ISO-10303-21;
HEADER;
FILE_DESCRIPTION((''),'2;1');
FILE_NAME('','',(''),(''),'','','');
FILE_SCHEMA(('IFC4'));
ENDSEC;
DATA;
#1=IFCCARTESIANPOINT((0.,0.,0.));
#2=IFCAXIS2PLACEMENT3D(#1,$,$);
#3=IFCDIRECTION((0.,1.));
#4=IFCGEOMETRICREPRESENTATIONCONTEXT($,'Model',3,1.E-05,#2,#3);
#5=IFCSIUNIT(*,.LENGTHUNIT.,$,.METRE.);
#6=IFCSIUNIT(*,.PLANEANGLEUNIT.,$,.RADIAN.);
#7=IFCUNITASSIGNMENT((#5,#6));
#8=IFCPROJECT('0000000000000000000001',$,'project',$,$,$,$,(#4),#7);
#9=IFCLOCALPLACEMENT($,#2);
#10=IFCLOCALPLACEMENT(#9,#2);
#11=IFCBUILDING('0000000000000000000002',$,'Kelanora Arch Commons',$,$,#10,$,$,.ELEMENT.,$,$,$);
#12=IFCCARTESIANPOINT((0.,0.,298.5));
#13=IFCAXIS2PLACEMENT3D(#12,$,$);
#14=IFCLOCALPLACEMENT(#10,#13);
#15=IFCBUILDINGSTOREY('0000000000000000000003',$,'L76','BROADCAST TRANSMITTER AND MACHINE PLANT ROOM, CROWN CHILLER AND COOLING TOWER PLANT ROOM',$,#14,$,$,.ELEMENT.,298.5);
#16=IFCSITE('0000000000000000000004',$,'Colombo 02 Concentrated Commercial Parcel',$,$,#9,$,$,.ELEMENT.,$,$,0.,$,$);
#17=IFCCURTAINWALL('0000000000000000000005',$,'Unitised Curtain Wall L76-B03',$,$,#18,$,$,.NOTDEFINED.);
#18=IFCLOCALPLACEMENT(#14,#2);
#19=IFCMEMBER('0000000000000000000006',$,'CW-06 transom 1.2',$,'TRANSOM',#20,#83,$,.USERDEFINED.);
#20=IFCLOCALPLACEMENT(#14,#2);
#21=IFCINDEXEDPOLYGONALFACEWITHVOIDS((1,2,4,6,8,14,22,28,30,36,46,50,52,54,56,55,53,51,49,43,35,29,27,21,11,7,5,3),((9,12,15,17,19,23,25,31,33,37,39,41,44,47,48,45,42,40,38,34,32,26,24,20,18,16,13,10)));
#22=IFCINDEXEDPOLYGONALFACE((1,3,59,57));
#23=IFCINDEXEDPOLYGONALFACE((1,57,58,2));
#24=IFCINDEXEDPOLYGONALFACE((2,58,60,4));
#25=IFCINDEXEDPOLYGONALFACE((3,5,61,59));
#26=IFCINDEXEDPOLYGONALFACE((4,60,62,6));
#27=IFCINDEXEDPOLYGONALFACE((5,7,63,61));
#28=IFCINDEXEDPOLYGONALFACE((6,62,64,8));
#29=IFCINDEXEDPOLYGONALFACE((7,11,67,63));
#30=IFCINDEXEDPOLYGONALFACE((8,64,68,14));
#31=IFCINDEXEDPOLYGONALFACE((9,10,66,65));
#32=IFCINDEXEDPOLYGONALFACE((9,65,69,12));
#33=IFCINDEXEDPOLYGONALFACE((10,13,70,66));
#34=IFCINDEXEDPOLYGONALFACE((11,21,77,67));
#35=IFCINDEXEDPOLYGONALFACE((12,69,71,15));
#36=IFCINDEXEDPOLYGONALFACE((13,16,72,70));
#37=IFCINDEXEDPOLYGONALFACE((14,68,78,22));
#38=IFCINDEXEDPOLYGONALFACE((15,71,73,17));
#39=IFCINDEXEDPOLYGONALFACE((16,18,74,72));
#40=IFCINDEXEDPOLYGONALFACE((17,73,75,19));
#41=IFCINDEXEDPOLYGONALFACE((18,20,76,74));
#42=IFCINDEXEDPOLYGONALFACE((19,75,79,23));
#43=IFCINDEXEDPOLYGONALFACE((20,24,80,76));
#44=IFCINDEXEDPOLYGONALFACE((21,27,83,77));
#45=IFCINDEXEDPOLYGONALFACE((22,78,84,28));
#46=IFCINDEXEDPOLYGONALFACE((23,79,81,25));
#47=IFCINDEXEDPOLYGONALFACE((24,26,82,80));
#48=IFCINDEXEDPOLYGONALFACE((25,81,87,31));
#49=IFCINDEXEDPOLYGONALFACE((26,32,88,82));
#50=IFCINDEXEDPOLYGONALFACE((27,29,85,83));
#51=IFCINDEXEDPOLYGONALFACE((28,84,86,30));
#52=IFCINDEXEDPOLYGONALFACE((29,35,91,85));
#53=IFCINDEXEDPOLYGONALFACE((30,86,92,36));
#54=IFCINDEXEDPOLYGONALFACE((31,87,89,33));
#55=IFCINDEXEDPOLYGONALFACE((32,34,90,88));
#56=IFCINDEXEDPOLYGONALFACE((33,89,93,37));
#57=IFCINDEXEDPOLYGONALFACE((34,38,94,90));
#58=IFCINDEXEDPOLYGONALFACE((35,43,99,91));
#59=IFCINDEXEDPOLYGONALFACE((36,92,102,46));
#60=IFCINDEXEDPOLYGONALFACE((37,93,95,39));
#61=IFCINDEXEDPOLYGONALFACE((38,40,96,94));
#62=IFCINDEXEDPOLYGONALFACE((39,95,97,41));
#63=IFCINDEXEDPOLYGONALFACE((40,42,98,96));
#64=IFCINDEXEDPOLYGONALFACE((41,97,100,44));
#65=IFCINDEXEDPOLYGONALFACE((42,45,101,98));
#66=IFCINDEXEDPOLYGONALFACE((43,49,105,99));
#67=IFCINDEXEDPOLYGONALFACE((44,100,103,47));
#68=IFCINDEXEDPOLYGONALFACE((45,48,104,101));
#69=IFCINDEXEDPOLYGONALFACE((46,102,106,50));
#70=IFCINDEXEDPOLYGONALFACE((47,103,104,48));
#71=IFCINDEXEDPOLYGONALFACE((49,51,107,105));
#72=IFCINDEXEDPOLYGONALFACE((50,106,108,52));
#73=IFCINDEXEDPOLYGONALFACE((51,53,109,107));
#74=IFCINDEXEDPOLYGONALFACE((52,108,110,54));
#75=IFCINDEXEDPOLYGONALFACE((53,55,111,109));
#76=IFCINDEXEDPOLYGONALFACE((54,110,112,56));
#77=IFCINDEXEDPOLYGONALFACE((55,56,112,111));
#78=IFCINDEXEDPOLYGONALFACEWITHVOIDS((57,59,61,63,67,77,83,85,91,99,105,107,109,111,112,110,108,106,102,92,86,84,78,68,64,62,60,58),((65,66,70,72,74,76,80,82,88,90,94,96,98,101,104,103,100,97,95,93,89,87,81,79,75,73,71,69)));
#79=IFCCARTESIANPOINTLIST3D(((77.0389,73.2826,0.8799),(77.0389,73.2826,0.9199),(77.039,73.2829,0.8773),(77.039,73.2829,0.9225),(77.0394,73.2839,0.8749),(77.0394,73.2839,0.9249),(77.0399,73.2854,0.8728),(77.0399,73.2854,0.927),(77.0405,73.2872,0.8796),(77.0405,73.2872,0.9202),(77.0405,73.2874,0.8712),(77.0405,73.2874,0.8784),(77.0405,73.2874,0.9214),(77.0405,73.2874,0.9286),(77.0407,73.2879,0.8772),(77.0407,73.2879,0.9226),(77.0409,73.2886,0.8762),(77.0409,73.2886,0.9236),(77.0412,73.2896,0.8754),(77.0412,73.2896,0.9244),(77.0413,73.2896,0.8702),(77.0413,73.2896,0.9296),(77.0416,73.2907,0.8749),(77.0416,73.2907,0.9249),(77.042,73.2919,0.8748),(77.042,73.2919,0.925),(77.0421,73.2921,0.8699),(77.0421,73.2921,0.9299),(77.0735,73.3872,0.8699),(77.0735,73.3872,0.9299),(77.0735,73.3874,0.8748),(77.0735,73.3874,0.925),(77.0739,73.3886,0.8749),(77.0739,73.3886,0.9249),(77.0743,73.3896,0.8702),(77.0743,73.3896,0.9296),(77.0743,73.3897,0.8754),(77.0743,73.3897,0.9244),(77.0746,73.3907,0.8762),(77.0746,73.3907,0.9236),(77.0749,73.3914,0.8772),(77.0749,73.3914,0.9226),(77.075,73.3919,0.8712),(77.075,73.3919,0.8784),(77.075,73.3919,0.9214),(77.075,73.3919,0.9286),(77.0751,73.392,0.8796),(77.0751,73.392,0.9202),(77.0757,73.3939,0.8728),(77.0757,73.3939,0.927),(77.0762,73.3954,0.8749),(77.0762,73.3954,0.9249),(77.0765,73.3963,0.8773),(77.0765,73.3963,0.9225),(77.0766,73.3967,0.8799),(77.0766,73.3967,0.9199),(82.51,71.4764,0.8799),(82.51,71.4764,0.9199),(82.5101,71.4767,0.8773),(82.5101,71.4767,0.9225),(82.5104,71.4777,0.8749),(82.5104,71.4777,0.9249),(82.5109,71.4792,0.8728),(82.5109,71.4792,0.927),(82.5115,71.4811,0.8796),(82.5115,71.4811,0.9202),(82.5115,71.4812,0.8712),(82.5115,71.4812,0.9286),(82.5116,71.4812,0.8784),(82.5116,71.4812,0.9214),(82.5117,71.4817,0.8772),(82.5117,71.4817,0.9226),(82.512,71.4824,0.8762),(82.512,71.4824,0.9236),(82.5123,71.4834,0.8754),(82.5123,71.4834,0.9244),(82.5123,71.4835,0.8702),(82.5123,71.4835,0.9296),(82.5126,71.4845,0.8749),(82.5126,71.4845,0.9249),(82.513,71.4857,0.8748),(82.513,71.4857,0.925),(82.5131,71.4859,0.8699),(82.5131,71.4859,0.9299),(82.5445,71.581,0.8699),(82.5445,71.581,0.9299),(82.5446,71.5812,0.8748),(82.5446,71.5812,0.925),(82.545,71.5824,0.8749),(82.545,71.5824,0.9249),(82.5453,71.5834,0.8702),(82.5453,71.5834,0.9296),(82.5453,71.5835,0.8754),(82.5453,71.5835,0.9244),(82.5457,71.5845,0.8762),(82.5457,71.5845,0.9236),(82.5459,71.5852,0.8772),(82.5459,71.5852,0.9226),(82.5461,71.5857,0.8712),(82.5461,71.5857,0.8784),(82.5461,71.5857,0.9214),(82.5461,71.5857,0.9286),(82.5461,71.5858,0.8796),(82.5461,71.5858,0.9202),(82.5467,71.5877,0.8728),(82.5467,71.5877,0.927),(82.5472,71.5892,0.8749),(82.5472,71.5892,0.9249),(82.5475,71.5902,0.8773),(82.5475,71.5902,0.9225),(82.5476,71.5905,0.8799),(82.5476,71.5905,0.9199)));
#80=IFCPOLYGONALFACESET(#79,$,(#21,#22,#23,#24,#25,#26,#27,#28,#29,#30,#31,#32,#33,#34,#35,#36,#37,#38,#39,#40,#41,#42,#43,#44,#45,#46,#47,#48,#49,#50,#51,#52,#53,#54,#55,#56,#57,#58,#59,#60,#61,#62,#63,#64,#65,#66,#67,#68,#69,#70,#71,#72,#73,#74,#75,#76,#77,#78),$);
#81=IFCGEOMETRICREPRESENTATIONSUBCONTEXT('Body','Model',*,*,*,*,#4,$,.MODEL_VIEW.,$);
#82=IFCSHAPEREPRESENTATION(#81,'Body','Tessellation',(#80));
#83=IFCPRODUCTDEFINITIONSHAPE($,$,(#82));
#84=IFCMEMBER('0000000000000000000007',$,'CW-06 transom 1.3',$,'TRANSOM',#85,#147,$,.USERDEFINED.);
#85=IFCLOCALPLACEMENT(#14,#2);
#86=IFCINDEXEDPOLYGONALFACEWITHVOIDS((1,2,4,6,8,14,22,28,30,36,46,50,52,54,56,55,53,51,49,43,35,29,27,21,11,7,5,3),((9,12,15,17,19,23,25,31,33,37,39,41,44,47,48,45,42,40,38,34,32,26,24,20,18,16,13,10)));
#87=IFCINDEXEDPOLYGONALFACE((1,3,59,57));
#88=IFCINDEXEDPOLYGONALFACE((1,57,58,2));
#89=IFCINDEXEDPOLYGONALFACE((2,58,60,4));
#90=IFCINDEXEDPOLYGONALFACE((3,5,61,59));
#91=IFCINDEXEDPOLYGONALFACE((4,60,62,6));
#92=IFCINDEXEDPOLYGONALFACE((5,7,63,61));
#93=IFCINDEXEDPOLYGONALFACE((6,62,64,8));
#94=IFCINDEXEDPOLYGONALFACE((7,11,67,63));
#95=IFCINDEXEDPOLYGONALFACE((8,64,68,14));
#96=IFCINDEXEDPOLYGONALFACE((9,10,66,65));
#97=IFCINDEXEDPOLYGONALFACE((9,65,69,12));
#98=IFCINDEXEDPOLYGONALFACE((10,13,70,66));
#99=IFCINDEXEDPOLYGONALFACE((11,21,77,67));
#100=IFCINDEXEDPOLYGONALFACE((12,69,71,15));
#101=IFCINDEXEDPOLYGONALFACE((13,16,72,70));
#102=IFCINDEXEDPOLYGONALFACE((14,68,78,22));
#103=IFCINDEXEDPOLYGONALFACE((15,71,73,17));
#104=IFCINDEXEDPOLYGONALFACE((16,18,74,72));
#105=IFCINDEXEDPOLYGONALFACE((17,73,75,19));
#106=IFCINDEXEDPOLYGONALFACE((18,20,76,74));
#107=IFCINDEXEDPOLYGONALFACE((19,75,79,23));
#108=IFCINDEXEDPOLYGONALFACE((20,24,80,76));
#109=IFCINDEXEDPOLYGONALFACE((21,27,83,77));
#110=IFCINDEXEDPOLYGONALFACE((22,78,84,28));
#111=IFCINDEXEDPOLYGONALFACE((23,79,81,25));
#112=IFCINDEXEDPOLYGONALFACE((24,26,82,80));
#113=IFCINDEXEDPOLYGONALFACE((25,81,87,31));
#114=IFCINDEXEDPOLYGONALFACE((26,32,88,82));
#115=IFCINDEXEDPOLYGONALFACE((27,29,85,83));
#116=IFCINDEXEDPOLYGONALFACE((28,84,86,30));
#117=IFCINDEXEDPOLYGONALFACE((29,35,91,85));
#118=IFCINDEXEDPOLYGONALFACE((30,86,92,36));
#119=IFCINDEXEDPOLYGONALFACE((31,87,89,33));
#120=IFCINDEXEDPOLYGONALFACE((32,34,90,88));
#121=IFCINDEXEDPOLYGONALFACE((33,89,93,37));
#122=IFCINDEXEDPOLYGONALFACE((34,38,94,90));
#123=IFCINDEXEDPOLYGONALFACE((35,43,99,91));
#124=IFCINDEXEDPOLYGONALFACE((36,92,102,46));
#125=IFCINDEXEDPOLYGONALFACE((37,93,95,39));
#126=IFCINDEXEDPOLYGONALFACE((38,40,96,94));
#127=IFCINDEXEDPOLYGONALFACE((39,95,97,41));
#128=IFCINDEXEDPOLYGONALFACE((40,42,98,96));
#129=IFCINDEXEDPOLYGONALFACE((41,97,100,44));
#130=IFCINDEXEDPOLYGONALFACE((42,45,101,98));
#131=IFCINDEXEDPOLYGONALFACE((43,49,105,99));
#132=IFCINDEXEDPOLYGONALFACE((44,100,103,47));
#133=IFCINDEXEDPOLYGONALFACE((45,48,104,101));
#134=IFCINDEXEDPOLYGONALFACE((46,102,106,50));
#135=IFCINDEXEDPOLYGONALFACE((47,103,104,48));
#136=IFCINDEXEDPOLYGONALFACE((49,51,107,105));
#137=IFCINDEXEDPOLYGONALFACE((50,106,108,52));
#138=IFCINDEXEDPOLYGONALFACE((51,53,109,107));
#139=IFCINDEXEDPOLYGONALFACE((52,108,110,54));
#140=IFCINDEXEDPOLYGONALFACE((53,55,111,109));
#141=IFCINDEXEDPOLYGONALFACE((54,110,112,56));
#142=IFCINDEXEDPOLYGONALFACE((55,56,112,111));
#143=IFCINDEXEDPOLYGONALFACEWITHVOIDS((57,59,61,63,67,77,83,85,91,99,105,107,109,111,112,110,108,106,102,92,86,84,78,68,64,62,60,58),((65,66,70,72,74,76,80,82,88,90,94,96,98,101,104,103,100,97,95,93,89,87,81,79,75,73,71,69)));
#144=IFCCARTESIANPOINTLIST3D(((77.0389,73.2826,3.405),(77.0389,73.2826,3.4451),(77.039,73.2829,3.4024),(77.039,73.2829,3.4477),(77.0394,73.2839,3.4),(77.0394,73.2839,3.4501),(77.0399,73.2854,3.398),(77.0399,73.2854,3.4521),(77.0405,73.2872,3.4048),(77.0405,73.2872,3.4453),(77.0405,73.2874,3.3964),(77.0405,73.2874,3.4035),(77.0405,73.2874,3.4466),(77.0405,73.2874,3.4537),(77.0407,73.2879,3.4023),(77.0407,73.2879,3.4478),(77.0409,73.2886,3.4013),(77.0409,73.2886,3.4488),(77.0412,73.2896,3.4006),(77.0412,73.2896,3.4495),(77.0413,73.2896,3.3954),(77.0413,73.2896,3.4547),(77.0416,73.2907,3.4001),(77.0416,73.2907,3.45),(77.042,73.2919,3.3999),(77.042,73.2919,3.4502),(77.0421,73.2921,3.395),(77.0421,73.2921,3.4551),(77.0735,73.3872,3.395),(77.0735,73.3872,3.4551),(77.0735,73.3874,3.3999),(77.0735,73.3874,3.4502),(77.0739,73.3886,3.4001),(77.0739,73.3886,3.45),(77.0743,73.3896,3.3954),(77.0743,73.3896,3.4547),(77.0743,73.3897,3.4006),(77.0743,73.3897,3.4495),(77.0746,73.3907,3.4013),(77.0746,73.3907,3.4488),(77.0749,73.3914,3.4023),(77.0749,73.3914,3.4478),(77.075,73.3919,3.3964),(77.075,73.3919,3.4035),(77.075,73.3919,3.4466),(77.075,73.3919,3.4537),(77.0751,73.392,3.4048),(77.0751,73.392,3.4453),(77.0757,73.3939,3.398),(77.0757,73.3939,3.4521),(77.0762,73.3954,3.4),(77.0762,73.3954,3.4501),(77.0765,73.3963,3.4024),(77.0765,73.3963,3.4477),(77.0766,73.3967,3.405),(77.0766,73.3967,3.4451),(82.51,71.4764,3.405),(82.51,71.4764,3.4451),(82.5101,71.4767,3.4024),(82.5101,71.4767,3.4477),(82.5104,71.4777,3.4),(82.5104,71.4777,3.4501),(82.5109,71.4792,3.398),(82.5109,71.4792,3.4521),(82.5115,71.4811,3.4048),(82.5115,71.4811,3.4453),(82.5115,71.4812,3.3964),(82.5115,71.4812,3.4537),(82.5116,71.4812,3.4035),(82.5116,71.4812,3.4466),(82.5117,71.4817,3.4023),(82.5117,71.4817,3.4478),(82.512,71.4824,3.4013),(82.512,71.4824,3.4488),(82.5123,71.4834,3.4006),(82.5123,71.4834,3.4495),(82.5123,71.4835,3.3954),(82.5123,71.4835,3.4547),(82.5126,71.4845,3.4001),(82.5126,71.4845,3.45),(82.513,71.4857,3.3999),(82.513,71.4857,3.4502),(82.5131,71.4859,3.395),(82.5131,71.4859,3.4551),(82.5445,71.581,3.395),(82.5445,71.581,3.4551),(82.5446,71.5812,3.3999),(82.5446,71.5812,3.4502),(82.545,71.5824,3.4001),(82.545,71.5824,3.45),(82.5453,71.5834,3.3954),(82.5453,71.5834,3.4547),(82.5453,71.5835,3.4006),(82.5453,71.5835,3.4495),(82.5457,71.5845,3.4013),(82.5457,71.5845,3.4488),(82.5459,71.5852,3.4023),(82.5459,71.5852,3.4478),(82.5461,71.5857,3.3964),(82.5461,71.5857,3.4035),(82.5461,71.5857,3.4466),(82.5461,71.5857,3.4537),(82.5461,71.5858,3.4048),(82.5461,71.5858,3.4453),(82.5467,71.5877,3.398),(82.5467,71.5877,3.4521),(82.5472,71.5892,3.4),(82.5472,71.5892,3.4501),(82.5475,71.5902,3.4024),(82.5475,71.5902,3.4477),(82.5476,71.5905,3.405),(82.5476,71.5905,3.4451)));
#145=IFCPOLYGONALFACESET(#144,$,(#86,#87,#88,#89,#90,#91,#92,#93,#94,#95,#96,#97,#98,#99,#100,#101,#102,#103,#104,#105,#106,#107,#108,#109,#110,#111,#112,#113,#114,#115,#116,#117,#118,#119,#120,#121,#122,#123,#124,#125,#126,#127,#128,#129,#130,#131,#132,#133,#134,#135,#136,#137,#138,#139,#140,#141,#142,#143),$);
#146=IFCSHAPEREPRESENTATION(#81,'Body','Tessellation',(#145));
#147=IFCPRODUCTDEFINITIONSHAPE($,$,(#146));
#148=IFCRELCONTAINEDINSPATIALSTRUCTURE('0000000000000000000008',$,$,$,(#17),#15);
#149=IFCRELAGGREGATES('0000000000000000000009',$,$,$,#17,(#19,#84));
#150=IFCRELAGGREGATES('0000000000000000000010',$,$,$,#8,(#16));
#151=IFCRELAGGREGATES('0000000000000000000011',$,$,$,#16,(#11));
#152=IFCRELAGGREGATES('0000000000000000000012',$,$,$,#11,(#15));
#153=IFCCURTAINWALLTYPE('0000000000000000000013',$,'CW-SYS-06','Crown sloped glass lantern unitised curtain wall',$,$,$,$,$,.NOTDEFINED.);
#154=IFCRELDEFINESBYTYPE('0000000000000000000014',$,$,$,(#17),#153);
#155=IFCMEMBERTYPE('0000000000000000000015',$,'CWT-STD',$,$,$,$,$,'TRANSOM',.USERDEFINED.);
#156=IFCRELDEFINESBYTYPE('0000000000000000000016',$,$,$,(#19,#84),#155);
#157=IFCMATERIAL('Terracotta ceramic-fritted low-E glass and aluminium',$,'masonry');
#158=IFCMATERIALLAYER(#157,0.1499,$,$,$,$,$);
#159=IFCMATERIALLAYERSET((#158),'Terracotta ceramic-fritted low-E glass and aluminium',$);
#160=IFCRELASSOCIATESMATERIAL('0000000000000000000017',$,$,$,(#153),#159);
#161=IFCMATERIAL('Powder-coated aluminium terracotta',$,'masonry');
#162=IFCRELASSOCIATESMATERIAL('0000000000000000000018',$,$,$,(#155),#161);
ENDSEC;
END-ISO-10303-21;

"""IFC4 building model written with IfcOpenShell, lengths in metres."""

from ifc_helpers import new_model, si_unit, direction, frame, origin, origin_2d, place, context, subcontext, project, spatial, hollow_rectangle, extrude, material, layer, layer_set, material_profile, profile_set, type_object, element, aggregate, save


model = new_model("IFC4")

# Units and contexts
model_context = context("Model", 3, precision=1e-05, world=origin(), true_north=direction((0.0, 1.0)))
body_context = subcontext(model_context, "Body", "Model", "MODEL_VIEW")
ifc_project = project(units=[si_unit("LENGTHUNIT", "METRE"), si_unit("PLANEANGLEUNIT", "RADIAN")], contexts=[model_context])

# Site, building, storey
site_placement = place(None, origin())
site = spatial("IfcSite", under=ifc_project, at=site_placement, Name="Colombo 02 Concentrated Commercial Parcel", CompositionType="ELEMENT", RefElevation=0.0)
building_placement = place(site_placement, origin())
building = spatial("IfcBuilding", under=site, at=building_placement, Name="Kelanora Arch Commons", CompositionType="ELEMENT")
storey_placement = place(building_placement, frame((0.0, 0.0, 298.5)))
storey = spatial("IfcBuildingStorey", under=building, at=storey_placement, Name="L76", Description="BROADCAST TRANSMITTER AND MACHINE PLANT ROOM, CROWN CHILLER AND COOLING TOWER PLANT ROOM", CompositionType="ELEMENT", Elevation=298.5)

# Curtain wall
ifc_material_1 = material(Name="Terracotta ceramic-fritted low-E glass and aluminium", Category="masonry")
ifc_layer_1 = layer(ifc_material_1, 0.1499)
ifc_layer_set_1 = layer_set([ifc_layer_1], Name="Terracotta ceramic-fritted low-E glass and aluminium")
curtain_wall_type = type_object("IfcCurtainWallType", Name="CW-SYS-06", Description="Crown sloped glass lantern unitised curtain wall", PredefinedType="NOTDEFINED", material=ifc_layer_set_1)
ifc_material_2 = material(Name="Powder-coated aluminium terracotta", Category="masonry")
curtain_wall_1_placement = place(storey_placement, origin())
curtain_wall_1 = element("IfcCurtainWall", 1, at=curtain_wall_1_placement, inside=storey, type_object=curtain_wall_type, Name="Unitised Curtain Wall L76-B03", PredefinedType="NOTDEFINED")

# Members
ifc_material_profile_1 = material_profile(ifc_material_2, hollow_rectangle(XDim=0.1201, YDim=0.0601, WallThickness=0.0049, InnerFilletRadius=0.0049, OuterFilletRadius=0.01, at=origin_2d()), Name="CWT120x60")
ifc_profile_set_1 = profile_set([ifc_material_profile_1], Name="Powder-coated aluminium terracotta")
member_type_1 = type_object("IfcMemberType", Name="CWT-STD", ElementType="TRANSOM", PredefinedType="USERDEFINED", material=ifc_profile_set_1)
member_1_placement = place(storey_placement, frame((82.5288, 71.5334, 0.8999), z_axis=(-0.94959, 0.313493, 0.0), x_axis=(-0.313493, -0.94959, 0.0)))
member_1 = element("IfcMember", 2, at=member_1_placement, type_object=member_type_1, Name="CW-06 transom 1.2", ObjectType="TRANSOM", PredefinedType="USERDEFINED", context=body_context, shape_type="SweptSolid", body=[
    extrude(hollow_rectangle(XDim=0.1201, YDim=0.0601, WallThickness=0.0049, InnerFilletRadius=0.0049, OuterFilletRadius=0.01, at=origin_2d()), origin(), (0.0, 0.0, 1.0), 5.7615),
])
member_2_placement = place(storey_placement, frame((82.5288, 71.5334, 3.425), z_axis=(-0.94959, 0.313493, 0.0), x_axis=(-0.313493, -0.94959, 0.0)))
member_2 = element("IfcMember", 3, at=member_2_placement, type_object=member_type_1, Name="CW-06 transom 1.3", ObjectType="TRANSOM", PredefinedType="USERDEFINED", context=body_context, shape_type="SweptSolid", body=[
    extrude(hollow_rectangle(XDim=0.1201, YDim=0.0601, WallThickness=0.0049, InnerFilletRadius=0.0049, OuterFilletRadius=0.01, at=origin_2d()), origin(), (0.0, 0.0, 1.0), 5.7615),
])
aggregate(curtain_wall_1, [member_1, member_2])

save(model, "model.ifc")
